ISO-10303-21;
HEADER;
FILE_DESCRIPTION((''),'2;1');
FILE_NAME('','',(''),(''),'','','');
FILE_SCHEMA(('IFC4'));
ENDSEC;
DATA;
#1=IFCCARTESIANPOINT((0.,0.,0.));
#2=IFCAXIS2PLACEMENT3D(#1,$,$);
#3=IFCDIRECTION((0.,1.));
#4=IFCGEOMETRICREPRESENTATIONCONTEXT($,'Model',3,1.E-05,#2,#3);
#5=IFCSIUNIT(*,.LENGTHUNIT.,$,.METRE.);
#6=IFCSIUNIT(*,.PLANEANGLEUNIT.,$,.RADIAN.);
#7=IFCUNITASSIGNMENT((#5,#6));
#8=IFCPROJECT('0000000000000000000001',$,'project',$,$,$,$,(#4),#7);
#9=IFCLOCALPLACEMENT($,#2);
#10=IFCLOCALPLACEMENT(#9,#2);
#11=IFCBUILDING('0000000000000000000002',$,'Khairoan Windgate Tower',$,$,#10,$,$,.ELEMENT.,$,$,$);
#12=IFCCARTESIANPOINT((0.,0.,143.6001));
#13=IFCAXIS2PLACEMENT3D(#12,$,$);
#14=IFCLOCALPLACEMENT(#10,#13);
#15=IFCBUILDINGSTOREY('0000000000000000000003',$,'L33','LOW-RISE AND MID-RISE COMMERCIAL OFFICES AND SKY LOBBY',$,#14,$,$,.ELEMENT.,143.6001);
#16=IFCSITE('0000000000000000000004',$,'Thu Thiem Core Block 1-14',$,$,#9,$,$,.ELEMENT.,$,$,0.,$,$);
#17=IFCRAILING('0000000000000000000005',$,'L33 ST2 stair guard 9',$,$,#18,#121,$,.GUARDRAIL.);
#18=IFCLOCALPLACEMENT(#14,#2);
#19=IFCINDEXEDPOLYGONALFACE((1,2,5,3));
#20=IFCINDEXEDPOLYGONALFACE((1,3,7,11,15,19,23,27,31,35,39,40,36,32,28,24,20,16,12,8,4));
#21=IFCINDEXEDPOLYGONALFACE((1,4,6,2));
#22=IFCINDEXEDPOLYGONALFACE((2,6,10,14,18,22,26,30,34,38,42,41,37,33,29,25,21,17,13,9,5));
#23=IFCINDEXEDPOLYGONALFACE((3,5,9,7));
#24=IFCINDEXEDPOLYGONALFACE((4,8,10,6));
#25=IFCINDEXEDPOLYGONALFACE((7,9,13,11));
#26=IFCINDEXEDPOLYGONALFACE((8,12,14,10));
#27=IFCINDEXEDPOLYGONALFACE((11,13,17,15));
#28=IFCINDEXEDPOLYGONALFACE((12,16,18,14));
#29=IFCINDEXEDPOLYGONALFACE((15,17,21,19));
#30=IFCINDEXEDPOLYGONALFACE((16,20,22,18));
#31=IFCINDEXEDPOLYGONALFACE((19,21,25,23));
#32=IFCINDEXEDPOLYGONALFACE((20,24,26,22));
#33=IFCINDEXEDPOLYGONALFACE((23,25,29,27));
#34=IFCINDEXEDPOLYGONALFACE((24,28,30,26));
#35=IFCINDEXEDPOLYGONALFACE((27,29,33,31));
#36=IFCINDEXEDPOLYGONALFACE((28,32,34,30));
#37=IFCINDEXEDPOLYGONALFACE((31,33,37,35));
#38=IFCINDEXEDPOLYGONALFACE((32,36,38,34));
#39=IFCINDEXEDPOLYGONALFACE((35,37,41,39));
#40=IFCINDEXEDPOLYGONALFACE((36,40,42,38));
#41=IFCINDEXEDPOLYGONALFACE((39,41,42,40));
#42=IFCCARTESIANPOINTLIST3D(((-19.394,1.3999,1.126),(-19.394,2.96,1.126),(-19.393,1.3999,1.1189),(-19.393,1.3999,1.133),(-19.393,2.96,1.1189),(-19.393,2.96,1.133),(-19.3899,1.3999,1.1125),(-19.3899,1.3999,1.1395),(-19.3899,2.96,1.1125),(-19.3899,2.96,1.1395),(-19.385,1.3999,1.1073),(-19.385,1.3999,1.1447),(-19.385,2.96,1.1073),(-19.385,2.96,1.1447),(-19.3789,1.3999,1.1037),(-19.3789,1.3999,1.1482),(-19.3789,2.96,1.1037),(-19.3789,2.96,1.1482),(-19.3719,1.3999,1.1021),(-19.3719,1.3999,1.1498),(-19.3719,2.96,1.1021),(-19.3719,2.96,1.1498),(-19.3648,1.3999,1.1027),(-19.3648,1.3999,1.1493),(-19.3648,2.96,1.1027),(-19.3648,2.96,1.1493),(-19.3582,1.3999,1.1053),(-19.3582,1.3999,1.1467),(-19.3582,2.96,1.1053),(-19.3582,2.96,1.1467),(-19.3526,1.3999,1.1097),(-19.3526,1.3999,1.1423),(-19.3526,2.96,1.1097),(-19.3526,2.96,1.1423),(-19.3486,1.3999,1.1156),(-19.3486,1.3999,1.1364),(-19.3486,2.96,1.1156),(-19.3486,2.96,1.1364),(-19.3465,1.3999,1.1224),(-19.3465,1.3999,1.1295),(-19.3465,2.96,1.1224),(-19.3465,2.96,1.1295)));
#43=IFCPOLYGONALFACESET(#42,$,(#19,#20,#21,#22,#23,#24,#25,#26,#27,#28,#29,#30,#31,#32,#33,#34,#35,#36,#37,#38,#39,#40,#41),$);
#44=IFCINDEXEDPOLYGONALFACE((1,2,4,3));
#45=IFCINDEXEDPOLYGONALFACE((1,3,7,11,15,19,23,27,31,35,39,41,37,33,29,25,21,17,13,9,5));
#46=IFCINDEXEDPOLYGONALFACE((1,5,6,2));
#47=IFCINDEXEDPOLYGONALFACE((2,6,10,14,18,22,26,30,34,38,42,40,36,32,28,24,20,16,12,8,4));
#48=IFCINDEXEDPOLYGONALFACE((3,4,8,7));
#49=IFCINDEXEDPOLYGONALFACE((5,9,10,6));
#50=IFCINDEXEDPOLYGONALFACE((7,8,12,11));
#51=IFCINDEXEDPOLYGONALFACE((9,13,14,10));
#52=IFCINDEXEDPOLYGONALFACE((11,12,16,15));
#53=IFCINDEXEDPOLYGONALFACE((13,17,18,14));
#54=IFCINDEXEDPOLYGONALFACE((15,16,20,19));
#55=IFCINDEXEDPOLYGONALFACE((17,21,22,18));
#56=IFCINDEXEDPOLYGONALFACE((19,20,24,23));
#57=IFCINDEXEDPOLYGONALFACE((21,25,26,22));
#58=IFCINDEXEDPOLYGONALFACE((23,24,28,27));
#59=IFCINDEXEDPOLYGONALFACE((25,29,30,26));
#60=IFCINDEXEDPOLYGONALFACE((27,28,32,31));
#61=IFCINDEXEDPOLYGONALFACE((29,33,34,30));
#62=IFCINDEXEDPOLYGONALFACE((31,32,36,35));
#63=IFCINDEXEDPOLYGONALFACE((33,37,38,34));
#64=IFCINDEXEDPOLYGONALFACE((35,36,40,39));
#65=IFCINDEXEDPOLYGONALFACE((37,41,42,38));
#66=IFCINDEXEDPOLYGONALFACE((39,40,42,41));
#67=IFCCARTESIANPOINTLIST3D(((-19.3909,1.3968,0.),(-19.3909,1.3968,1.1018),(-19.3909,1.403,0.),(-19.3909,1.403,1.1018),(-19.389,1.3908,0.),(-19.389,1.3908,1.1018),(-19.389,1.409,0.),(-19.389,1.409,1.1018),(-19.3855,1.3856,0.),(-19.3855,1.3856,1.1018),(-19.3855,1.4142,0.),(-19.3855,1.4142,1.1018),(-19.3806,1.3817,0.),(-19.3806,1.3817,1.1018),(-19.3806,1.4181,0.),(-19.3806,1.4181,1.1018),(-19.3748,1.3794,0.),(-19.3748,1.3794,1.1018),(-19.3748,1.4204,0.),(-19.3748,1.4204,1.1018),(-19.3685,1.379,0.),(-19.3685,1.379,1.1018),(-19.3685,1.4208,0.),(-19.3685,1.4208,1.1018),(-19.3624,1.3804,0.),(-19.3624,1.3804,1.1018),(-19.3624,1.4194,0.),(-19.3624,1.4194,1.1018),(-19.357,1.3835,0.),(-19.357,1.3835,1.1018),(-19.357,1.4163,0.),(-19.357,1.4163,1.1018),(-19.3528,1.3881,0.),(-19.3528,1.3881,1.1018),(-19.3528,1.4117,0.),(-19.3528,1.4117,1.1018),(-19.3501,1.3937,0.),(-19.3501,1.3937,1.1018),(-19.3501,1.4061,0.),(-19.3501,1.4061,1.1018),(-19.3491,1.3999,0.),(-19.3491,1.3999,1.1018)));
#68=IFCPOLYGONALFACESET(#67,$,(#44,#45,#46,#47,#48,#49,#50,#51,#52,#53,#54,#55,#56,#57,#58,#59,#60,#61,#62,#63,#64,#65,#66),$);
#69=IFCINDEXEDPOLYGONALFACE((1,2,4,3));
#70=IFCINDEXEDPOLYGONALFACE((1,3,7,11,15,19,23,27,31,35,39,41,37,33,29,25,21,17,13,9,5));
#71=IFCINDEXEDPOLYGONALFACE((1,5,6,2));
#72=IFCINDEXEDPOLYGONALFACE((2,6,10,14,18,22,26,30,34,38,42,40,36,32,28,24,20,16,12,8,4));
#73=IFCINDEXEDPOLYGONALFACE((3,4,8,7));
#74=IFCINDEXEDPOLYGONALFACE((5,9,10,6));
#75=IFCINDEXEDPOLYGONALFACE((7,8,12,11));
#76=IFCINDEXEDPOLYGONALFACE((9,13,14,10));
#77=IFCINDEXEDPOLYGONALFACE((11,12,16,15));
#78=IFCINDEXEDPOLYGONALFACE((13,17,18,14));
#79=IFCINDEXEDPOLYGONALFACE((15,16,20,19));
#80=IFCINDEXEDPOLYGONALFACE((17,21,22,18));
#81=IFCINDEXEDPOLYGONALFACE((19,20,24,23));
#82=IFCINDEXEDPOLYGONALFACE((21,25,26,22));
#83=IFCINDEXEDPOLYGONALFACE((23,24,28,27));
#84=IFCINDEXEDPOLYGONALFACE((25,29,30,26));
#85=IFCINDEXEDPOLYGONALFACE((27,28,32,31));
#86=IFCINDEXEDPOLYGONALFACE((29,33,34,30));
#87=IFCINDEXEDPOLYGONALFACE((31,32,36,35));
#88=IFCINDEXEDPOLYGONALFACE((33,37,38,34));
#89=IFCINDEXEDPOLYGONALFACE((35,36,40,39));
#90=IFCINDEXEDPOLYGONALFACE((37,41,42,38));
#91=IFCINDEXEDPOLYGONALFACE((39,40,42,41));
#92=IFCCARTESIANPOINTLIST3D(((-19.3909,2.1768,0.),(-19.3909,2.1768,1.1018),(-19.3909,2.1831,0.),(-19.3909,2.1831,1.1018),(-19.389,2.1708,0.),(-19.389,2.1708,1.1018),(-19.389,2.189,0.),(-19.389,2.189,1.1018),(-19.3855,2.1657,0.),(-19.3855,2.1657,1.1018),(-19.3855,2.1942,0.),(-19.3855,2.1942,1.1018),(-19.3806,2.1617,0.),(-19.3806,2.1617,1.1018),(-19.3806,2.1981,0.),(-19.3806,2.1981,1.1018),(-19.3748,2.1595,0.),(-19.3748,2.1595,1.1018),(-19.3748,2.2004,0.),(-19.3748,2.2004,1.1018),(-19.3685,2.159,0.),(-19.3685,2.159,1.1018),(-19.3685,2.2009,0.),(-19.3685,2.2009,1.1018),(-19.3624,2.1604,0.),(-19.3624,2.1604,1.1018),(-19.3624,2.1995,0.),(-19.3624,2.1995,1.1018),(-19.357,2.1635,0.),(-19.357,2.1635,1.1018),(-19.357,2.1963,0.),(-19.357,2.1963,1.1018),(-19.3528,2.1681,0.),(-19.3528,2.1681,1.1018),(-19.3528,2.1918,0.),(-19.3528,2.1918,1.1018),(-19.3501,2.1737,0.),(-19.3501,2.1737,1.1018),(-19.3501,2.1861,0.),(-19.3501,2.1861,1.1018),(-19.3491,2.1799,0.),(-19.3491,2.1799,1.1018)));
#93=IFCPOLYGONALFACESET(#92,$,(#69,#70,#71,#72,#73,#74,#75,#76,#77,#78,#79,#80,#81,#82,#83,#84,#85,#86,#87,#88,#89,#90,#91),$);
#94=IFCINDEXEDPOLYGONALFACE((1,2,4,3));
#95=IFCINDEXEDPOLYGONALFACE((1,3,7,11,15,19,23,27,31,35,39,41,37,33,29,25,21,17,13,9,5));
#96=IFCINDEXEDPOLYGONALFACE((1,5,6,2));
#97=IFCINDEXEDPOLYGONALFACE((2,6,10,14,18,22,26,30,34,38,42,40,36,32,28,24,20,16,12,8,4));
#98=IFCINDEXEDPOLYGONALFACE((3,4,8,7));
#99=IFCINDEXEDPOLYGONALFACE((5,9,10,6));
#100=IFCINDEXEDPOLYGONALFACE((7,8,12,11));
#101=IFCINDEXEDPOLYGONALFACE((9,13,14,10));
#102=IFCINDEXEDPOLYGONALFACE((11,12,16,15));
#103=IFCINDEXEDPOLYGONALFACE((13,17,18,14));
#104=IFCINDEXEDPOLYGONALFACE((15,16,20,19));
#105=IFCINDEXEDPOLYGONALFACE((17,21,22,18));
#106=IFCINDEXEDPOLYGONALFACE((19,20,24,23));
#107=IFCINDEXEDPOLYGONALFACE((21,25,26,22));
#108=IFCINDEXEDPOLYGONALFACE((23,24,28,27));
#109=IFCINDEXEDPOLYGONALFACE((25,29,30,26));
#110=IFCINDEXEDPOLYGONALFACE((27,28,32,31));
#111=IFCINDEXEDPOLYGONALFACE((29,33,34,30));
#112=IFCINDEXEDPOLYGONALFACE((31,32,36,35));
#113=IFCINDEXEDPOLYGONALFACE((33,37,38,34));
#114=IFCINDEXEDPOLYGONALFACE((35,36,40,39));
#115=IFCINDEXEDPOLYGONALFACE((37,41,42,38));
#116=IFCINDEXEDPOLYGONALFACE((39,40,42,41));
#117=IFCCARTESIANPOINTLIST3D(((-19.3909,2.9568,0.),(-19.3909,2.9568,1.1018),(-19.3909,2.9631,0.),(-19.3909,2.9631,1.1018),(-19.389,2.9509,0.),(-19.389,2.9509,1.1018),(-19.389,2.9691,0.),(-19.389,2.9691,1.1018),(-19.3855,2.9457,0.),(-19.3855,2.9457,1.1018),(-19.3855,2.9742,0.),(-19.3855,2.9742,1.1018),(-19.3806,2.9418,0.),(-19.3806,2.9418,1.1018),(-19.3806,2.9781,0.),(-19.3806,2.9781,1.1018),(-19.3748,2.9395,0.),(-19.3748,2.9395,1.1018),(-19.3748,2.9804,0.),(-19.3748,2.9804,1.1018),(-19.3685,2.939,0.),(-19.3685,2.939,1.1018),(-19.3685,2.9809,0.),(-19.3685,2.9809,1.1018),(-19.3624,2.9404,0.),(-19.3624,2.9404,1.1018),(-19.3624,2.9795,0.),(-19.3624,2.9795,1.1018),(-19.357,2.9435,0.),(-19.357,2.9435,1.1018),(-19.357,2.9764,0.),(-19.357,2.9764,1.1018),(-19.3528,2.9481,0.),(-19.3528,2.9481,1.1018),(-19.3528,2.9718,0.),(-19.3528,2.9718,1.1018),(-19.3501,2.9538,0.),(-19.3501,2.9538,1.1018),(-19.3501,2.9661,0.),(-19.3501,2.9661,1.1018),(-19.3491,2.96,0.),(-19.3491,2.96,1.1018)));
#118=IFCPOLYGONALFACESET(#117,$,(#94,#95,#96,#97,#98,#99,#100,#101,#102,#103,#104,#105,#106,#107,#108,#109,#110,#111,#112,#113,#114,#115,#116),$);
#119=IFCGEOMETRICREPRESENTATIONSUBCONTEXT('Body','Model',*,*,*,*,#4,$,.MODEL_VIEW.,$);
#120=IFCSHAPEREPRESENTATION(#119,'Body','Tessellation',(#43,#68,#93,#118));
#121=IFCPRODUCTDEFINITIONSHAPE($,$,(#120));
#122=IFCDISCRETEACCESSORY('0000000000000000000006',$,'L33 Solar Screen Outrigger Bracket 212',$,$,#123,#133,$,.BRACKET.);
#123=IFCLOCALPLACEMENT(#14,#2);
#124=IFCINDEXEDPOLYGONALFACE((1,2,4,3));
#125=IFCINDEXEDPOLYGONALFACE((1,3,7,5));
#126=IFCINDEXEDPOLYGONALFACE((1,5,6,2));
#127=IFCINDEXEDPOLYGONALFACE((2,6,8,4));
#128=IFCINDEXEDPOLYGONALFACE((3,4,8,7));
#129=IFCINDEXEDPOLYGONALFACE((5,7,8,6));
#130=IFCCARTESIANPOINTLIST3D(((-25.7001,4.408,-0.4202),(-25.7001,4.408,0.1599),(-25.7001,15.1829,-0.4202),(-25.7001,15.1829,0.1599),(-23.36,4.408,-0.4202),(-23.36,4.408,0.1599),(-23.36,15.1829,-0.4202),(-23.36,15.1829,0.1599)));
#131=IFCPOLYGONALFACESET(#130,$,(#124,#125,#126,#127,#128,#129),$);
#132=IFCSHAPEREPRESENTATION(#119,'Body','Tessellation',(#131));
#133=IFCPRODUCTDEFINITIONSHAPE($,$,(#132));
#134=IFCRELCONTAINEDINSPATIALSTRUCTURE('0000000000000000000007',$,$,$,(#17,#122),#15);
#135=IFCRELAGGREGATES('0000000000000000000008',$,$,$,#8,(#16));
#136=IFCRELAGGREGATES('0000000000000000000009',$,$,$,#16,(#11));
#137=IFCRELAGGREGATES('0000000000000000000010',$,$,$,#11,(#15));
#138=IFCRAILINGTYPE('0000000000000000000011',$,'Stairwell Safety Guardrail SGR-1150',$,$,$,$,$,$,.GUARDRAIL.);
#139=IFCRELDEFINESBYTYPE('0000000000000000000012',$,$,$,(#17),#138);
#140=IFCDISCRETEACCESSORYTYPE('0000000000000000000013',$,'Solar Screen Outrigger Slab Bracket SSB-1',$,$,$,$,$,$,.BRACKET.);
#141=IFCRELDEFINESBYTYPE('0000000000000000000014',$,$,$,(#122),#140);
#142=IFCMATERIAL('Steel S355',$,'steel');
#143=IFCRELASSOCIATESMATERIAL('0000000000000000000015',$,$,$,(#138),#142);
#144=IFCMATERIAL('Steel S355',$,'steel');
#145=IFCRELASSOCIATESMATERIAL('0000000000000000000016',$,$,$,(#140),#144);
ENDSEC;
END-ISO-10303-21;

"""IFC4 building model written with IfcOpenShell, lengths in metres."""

from ifc_helpers import new_model, si_unit, direction, frame, origin, origin_2d, place, context, subcontext, project, spatial, rectangle, circle, extrude, material, type_object, element, save


model = new_model("IFC4")

# Units and contexts
model_context = context("Model", 3, precision=1e-05, world=origin(), true_north=direction((0.0, 1.0)))
body_context = subcontext(model_context, "Body", "Model", "MODEL_VIEW")
ifc_project = project(units=[si_unit("LENGTHUNIT", "METRE"), si_unit("PLANEANGLEUNIT", "RADIAN")], contexts=[model_context])

# Site, building, storey
site_placement = place(None, origin())
site = spatial("IfcSite", under=ifc_project, at=site_placement, Name="Thu Thiem Core Block 1-14", CompositionType="ELEMENT", RefElevation=0.0)
building_placement = place(site_placement, origin())
building = spatial("IfcBuilding", under=site, at=building_placement, Name="Khairoan Windgate Tower", CompositionType="ELEMENT")
storey_placement = place(building_placement, frame((0.0, 0.0, 143.6001)))
storey = spatial("IfcBuildingStorey", under=building, at=storey_placement, Name="L33", Description="LOW-RISE AND MID-RISE COMMERCIAL OFFICES AND SKY LOBBY", CompositionType="ELEMENT", Elevation=143.6001)

# Railing
ifc_material_1 = material(Name="Steel S355", Category="steel")
railing_type_1 = type_object("IfcRailingType", Name="Stairwell Safety Guardrail SGR-1150", PredefinedType="GUARDRAIL", material=ifc_material_1)
for number, where, name in (
    (1, (-19.3701, 1.3999, 0.0), "L33 ST2 stair guard 9"),
):
    element("IfcRailing", number, at=place(storey_placement, frame(where)), inside=storey, type_object=railing_type_1, Name=name, PredefinedType="GUARDRAIL", context=body_context, shape_type="SweptSolid", body=[
        extrude(circle(Radius=0.0239, at=origin_2d()), frame((0.0, 0.0, 1.126), z_axis=(0.0, 1.0, 0.0), x_axis=(-1.0, 0.0, 0.0)), (0.0, 0.0, 1.0), 1.5601),
        extrude(circle(Radius=0.021, at=origin_2d()), origin(), (0.0, 0.0, 1.0), 1.1018),
        extrude(circle(Radius=0.021, at=origin_2d()), frame((0.0, 0.78, 0.0)), (0.0, 0.0, 1.0), 1.1018),
        extrude(circle(Radius=0.021, at=origin_2d()), frame((0.0, 1.5601, 0.0)), (0.0, 0.0, 1.0), 1.1018),
    ])

# Discrete accessory
ifc_material_2 = material(Name="Steel S355", Category="steel")
discrete_accessory_type = type_object("IfcDiscreteAccessoryType", Name="Solar Screen Outrigger Slab Bracket SSB-1", PredefinedType="BRACKET", material=ifc_material_2)
discrete_accessory_placement = place(storey_placement, frame((-24.53, 9.7954, -0.4202), z_axis=(0.0, 0.0, 1.0), x_axis=(0.0, 1.0, 0.0)))
element("IfcDiscreteAccessory", 2, at=discrete_accessory_placement, inside=storey, type_object=discrete_accessory_type, Name="L33 Solar Screen Outrigger Bracket 212", PredefinedType="BRACKET", context=body_context, shape_type="SweptSolid", body=[
    extrude(rectangle(XDim=10.7749, YDim=2.3401, at=origin_2d()), origin(), (0.0, 0.0, 1.0), 0.5801),
])

save(model, "model.ifc")
